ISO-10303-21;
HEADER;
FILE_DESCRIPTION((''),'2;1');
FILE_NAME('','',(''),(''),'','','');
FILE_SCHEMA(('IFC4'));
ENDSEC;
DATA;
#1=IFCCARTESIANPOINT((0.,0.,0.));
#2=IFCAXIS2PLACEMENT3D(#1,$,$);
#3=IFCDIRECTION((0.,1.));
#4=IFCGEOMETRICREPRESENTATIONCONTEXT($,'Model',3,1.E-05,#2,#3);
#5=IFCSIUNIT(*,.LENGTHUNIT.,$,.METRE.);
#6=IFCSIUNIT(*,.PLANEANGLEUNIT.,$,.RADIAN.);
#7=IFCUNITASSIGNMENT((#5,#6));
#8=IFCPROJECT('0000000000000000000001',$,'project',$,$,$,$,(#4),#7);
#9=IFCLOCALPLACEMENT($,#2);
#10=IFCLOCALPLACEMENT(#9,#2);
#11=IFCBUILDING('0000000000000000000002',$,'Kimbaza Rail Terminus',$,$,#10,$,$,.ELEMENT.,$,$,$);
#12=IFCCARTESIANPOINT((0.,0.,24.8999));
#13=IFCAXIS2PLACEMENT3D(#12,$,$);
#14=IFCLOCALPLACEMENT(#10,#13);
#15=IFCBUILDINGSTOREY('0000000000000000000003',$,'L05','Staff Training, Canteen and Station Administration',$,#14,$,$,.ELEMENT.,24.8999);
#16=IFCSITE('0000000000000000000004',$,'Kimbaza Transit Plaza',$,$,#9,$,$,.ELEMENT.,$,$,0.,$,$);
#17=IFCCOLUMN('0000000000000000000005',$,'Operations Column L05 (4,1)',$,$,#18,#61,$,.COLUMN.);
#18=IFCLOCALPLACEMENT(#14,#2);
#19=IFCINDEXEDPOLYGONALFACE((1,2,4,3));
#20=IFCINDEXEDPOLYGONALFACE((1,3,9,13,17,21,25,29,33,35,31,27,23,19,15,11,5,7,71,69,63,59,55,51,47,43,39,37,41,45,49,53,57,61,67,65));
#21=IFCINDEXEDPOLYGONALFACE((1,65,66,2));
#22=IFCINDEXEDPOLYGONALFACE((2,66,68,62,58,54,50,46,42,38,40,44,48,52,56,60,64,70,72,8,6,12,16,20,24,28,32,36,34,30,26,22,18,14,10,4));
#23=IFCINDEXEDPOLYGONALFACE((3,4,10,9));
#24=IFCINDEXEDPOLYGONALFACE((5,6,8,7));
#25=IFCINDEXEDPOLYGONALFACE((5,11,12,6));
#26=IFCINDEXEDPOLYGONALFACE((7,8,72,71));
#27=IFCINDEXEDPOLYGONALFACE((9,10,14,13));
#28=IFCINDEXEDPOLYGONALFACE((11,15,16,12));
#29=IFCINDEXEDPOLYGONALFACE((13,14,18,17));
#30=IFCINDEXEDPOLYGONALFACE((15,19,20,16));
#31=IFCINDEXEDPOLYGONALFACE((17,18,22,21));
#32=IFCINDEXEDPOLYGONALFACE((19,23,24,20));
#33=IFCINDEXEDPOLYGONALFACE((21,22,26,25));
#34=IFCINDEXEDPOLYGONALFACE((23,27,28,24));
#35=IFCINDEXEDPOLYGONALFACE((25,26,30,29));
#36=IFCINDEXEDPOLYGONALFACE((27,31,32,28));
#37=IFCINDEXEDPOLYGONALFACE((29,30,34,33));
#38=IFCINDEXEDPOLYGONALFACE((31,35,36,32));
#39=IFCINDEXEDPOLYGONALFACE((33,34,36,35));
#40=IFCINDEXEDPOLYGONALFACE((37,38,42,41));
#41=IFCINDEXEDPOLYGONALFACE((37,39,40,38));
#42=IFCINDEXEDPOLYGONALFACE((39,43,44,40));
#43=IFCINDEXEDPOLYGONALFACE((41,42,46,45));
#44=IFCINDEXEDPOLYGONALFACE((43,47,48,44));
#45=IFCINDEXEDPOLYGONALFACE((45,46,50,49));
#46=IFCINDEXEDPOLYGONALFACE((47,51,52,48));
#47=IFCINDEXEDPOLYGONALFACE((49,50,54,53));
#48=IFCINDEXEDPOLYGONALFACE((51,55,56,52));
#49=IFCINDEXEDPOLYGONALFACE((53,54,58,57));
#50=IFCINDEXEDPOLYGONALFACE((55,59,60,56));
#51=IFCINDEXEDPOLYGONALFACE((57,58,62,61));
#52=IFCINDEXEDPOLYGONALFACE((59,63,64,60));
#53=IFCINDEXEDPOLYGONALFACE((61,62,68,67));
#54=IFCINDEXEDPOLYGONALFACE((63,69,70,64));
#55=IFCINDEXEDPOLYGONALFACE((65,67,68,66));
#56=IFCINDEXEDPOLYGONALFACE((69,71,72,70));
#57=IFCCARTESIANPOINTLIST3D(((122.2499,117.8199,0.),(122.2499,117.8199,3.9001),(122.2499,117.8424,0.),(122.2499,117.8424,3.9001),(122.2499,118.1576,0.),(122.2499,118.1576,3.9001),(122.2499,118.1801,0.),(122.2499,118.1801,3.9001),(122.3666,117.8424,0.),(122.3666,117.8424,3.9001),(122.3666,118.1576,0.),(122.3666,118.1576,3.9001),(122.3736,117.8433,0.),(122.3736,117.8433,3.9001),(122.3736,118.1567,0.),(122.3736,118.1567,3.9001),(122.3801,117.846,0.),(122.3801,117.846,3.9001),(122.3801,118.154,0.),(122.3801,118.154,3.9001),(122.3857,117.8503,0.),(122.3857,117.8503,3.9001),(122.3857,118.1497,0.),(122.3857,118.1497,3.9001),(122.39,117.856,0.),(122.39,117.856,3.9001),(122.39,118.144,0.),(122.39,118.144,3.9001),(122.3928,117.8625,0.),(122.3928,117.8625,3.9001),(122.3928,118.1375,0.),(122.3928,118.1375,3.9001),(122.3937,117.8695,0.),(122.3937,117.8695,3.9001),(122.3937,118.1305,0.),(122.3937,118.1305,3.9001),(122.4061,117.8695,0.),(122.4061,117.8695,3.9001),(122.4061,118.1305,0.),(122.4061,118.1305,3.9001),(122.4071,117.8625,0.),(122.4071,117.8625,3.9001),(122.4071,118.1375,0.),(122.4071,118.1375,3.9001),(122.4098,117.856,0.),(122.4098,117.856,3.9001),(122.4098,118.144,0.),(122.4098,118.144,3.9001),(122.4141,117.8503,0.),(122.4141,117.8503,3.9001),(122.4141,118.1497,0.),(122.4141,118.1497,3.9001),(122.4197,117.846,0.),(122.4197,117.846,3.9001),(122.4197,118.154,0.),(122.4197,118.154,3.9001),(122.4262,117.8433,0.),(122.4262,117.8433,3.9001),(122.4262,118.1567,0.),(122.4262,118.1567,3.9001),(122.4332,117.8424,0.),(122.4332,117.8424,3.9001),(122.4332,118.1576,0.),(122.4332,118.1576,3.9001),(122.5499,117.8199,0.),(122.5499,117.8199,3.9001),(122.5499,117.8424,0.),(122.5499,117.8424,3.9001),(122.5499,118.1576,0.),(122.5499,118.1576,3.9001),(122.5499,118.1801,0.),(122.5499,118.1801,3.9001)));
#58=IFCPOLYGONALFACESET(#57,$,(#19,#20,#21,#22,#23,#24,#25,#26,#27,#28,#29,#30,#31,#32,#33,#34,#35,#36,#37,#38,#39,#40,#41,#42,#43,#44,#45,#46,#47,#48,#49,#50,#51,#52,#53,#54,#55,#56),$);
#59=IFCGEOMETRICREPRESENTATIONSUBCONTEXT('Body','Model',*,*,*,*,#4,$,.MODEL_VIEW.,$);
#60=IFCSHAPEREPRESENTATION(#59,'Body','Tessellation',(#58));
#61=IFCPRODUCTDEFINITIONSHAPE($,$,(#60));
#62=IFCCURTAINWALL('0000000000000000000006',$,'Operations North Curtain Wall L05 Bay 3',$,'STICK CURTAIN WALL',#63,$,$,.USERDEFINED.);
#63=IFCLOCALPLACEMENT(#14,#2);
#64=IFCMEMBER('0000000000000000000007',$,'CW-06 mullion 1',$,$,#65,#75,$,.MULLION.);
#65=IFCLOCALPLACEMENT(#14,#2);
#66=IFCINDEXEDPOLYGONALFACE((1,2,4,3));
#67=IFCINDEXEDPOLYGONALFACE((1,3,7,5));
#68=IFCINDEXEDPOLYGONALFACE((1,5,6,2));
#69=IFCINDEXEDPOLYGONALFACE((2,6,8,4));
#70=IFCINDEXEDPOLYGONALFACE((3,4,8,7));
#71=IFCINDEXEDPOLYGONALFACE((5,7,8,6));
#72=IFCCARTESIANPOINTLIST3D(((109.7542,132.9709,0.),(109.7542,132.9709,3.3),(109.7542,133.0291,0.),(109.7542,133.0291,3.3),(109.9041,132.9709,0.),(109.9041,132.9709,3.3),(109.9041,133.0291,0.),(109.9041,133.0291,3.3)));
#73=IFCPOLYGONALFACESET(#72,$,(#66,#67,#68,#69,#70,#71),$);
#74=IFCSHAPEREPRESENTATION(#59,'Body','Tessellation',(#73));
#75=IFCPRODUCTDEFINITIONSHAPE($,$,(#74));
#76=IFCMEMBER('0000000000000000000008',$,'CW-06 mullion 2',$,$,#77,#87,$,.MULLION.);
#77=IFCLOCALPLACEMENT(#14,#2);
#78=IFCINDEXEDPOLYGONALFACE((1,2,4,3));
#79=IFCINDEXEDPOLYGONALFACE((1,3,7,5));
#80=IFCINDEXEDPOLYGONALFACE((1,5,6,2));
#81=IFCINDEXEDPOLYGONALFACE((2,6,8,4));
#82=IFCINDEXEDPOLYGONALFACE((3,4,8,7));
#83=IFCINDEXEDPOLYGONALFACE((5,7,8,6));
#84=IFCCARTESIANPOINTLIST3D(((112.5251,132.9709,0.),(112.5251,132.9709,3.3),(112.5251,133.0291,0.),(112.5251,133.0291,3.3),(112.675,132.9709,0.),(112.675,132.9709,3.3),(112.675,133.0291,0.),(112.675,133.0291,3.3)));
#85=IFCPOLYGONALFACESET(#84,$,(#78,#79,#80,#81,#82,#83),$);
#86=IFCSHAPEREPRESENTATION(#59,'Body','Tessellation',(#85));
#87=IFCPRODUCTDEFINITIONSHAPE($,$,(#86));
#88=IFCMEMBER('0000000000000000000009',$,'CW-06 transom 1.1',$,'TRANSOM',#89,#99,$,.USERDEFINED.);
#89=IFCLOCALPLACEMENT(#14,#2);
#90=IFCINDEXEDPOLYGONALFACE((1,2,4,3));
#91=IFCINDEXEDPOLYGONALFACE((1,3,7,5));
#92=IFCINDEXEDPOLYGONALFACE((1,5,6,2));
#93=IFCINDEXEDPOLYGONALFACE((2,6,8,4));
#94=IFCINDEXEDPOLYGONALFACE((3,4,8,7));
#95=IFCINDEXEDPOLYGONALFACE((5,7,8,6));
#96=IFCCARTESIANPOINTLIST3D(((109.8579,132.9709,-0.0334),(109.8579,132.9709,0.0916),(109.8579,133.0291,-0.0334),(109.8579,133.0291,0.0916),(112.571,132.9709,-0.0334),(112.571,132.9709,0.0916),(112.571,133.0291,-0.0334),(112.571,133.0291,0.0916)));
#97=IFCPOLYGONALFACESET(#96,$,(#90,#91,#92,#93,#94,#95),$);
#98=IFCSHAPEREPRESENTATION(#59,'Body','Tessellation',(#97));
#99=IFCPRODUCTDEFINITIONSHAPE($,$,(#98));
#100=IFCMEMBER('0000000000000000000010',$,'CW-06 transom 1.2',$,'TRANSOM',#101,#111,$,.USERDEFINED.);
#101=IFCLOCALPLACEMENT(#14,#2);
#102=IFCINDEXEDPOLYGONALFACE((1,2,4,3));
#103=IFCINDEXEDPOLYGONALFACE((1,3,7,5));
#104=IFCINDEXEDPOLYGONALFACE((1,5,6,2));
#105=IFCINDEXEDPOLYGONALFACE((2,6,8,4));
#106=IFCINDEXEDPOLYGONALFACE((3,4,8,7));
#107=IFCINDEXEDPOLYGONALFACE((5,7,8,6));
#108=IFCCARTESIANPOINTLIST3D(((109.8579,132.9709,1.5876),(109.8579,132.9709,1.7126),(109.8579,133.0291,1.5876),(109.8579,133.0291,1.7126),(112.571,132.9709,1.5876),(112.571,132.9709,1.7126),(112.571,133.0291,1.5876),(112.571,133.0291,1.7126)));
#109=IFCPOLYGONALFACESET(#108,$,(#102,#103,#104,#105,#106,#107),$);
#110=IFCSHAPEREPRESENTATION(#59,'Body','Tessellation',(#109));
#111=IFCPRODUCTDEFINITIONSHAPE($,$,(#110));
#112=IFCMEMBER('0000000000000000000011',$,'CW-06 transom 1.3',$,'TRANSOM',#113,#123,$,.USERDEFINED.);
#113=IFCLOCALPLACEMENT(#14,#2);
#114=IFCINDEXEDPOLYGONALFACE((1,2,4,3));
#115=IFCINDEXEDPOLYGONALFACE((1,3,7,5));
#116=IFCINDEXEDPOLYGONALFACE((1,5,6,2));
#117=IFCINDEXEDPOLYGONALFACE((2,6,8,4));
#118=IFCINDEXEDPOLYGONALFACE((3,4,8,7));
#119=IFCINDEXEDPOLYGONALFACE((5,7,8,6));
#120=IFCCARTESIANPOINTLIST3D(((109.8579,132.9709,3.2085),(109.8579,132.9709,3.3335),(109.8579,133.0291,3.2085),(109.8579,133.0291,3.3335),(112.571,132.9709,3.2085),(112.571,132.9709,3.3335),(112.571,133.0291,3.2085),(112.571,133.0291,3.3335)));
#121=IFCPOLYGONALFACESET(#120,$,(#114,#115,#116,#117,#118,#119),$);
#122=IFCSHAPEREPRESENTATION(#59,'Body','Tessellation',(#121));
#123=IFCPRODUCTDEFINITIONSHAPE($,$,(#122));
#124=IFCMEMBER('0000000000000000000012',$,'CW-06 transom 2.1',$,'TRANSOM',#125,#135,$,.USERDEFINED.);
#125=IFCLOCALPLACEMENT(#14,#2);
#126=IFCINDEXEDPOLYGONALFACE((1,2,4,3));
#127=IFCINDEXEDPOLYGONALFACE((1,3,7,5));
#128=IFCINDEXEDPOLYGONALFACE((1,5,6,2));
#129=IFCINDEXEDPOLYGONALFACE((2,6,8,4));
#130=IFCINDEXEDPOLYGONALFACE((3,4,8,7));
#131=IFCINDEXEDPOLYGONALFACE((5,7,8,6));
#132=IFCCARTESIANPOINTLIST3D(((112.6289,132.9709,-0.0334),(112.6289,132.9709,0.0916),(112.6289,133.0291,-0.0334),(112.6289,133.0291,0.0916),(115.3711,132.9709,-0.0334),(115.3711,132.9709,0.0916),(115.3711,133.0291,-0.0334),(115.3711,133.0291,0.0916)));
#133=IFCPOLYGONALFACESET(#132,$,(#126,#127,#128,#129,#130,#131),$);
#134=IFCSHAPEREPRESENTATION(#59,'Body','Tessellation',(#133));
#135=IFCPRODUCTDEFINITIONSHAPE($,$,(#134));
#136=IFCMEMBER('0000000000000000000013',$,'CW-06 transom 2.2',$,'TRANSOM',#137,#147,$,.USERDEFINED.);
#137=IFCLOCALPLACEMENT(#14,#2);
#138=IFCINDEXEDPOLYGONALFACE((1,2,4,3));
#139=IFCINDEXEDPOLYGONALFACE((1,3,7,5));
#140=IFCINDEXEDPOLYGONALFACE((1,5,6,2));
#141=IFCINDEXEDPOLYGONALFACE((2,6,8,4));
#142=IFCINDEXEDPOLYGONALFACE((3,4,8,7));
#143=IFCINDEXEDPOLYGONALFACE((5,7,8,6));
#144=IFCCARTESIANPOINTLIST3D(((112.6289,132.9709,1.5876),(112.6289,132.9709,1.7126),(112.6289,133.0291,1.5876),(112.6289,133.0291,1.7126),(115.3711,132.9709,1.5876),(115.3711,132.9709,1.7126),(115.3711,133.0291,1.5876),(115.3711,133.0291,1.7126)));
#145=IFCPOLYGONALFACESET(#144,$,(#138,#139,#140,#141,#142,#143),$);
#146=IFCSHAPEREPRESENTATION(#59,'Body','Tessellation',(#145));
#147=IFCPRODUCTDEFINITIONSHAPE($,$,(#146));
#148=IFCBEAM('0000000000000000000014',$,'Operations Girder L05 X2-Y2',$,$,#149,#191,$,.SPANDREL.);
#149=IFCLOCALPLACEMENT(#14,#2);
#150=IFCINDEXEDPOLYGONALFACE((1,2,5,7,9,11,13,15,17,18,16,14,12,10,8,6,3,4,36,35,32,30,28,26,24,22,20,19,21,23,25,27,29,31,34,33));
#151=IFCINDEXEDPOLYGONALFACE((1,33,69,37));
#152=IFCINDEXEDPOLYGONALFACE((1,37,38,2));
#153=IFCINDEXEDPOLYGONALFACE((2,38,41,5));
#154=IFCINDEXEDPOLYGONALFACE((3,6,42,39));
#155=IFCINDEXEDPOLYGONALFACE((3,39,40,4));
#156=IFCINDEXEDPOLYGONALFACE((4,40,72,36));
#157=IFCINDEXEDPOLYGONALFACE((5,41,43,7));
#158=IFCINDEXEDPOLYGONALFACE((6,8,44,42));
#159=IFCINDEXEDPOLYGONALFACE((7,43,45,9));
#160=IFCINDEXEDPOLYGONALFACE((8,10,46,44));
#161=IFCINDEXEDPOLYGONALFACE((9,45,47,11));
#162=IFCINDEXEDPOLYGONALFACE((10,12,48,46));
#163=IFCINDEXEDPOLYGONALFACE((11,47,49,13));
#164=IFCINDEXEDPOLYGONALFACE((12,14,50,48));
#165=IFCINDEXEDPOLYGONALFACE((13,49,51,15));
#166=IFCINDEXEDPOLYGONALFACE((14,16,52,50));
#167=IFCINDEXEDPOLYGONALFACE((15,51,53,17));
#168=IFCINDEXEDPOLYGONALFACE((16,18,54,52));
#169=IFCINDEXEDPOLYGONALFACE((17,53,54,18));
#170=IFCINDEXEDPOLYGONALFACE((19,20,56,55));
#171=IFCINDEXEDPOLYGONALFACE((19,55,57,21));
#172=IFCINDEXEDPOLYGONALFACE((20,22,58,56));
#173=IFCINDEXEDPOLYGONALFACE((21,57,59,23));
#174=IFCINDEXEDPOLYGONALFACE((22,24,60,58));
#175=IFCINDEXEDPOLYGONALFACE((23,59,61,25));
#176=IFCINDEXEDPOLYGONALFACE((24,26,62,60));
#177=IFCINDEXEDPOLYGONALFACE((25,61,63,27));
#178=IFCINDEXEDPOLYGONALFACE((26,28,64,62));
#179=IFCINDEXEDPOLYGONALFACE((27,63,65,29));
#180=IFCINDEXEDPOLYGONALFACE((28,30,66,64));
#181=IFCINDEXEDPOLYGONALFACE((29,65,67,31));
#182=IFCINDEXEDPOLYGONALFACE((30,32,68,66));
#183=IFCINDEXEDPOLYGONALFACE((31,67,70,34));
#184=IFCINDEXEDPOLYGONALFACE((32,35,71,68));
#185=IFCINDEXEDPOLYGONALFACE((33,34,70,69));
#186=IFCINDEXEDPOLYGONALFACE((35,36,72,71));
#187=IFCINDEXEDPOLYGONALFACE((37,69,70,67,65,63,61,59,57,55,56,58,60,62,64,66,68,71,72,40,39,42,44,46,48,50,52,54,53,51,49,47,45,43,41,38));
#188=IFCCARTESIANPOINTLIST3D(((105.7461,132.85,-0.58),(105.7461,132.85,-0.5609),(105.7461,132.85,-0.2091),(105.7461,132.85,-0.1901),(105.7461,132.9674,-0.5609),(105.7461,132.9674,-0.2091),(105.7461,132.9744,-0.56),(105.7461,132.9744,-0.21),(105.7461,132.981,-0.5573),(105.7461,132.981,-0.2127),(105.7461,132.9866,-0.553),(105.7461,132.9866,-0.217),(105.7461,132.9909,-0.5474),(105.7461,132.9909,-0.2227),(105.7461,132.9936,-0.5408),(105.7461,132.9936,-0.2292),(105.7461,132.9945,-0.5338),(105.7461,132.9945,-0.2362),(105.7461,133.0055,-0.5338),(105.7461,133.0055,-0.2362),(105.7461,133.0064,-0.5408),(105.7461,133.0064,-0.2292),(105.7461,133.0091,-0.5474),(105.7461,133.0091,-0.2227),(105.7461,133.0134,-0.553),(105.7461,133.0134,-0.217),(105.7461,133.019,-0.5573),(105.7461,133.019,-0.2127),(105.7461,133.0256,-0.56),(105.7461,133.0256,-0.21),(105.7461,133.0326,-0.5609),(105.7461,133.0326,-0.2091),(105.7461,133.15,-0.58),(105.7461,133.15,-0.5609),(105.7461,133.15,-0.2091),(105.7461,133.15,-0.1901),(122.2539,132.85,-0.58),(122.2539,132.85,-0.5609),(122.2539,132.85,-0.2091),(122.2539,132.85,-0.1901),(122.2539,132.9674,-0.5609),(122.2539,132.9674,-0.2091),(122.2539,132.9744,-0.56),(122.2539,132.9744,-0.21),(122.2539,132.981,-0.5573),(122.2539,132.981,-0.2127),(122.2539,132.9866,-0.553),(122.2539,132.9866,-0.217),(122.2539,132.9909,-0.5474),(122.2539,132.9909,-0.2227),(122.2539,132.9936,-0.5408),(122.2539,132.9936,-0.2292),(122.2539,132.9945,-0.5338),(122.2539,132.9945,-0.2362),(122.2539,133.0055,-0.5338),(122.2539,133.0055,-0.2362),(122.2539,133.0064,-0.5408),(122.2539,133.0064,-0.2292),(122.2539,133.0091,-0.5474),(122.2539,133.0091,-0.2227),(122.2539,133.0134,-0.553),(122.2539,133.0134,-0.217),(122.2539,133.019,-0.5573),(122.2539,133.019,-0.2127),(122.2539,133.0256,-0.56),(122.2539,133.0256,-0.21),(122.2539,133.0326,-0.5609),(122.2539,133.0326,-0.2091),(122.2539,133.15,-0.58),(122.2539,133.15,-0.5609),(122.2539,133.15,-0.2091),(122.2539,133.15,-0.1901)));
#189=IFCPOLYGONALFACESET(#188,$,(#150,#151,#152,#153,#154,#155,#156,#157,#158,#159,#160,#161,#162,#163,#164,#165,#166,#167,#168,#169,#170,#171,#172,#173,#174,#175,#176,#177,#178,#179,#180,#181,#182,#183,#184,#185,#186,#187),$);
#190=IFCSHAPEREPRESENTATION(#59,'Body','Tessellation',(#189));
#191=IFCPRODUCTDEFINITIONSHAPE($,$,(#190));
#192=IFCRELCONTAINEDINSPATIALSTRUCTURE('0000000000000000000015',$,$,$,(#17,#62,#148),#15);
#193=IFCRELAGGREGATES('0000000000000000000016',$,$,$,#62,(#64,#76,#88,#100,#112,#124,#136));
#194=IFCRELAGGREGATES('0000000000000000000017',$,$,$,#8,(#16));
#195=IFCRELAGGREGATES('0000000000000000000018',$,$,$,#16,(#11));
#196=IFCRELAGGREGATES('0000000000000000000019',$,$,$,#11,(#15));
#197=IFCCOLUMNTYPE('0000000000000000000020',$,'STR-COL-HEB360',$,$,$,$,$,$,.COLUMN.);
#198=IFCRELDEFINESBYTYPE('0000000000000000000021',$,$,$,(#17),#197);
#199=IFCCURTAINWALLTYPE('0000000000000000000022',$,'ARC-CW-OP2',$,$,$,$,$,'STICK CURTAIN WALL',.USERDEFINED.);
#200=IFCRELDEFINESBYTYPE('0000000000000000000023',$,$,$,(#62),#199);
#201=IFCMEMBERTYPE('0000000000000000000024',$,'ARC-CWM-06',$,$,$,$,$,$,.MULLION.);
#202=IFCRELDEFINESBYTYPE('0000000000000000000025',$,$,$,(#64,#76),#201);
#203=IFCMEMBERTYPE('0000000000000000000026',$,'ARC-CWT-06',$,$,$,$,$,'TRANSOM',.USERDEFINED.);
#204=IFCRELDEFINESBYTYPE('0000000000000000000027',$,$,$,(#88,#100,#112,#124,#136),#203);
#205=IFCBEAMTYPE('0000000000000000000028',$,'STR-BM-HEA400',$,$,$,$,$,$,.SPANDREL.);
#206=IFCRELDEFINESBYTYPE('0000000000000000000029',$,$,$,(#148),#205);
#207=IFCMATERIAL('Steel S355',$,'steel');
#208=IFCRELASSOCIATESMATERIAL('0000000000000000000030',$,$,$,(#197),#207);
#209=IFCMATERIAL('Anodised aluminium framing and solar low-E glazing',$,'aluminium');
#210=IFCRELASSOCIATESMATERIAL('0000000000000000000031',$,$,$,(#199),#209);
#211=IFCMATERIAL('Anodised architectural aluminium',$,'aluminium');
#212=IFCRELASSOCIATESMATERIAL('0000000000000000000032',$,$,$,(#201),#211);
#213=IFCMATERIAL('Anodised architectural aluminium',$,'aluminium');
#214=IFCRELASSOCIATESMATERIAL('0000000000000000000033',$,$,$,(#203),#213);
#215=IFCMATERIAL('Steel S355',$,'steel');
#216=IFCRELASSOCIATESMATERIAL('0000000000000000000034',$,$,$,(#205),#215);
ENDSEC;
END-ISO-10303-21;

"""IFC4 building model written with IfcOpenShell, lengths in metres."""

from ifc_helpers import new_model, si_unit, direction, frame, origin, origin_2d, place, context, subcontext, project, spatial, rectangle, i_section, extrude, material, material_profile, profile_set, type_object, element, aggregate, save


model = new_model("IFC4")

# Units and contexts
model_context = context("Model", 3, precision=1e-05, world=origin(), true_north=direction((0.0, 1.0)))
body_context = subcontext(model_context, "Body", "Model", "MODEL_VIEW")
ifc_project = project(units=[si_unit("LENGTHUNIT", "METRE"), si_unit("PLANEANGLEUNIT", "RADIAN")], contexts=[model_context])

# Site, building, storey
site_placement = place(None, origin())
site = spatial("IfcSite", under=ifc_project, at=site_placement, Name="Kimbaza Transit Plaza", CompositionType="ELEMENT", RefElevation=0.0)
building_placement = place(site_placement, origin())
building = spatial("IfcBuilding", under=site, at=building_placement, Name="Kimbaza Rail Terminus", CompositionType="ELEMENT")
storey_placement = place(building_placement, frame((0.0, 0.0, 24.8999)))
storey = spatial("IfcBuildingStorey", under=building, at=storey_placement, Name="L05", Description="Staff Training, Canteen and Station Administration", CompositionType="ELEMENT", Elevation=24.8999)

# Column
ifc_material_1 = material(Name="Steel S355", Category="steel")
ifc_material_profile_1 = material_profile(ifc_material_1, i_section(OverallWidth=0.3, OverallDepth=0.3601, WebThickness=0.0125, FlangeThickness=0.0225, FilletRadius=0.0271, at=origin_2d()), Name="HEB 360")
ifc_profile_set_1 = profile_set([ifc_material_profile_1], Name="Steel S355")
column_type = type_object("IfcColumnType", Name="STR-COL-HEB360", PredefinedType="COLUMN", material=ifc_profile_set_1)
column_placement = place(storey_placement, frame((122.3999, 118.0, 0.0), z_axis=(0.0, 0.0, 1.0), x_axis=(1.0, 0.0, 0.0)))
element("IfcColumn", 1, at=column_placement, inside=storey, type_object=column_type, Name="Operations Column L05 (4,1)", PredefinedType="COLUMN", context=body_context, shape_type="SweptSolid", body=[
    extrude(i_section(OverallWidth=0.3, OverallDepth=0.3601, WebThickness=0.0125, FlangeThickness=0.0225, FilletRadius=0.0271, at=origin_2d()), origin(), (0.0, 0.0, 1.0), 3.9001),
])

# Curtain wall, members
ifc_material_2 = material(Name="Anodised aluminium framing and solar low-E glazing", Category="aluminium")
curtain_wall_type = type_object("IfcCurtainWallType", Name="ARC-CW-OP2", ElementType="STICK CURTAIN WALL", PredefinedType="USERDEFINED", material=ifc_material_2)
curtain_wall_placement = place(storey_placement, origin())
curtain_wall = element("IfcCurtainWall", 2, at=curtain_wall_placement, inside=storey, type_object=curtain_wall_type, Name="Operations North Curtain Wall L05 Bay 3", ObjectType="STICK CURTAIN WALL", PredefinedType="USERDEFINED")
ifc_material_3 = material(Name="Anodised architectural aluminium", Category="aluminium")
ifc_material_profile_2 = material_profile(ifc_material_3, rectangle(XDim=0.0581, YDim=0.1499, at=origin_2d()), Name="MULLION 58x150")
ifc_profile_set_2 = profile_set([ifc_material_profile_2], Name="Anodised architectural aluminium")
member_type_1 = type_object("IfcMemberType", Name="ARC-CWM-06", PredefinedType="MULLION", material=ifc_profile_set_2)
member_1_placement = place(storey_placement, frame((109.8291, 133.0, 0.0), z_axis=(0.0, 0.0, 1.0), x_axis=(0.0, 1.0, 0.0)))
member_1 = element("IfcMember", 3, at=member_1_placement, type_object=member_type_1, Name="CW-06 mullion 1", PredefinedType="MULLION", context=body_context, shape_type="SweptSolid", body=[
    extrude(rectangle(XDim=0.0581, YDim=0.1499, at=origin_2d()), origin(), (0.0, 0.0, 1.0), 3.3),
])
member_2_placement = place(storey_placement, frame((112.6001, 133.0, 0.0), z_axis=(0.0, 0.0, 1.0), x_axis=(0.0, 1.0, 0.0)))
member_2 = element("IfcMember", 4, at=member_2_placement, type_object=member_type_1, Name="CW-06 mullion 2", PredefinedType="MULLION", context=body_context, shape_type="SweptSolid", body=[
    extrude(rectangle(XDim=0.0581, YDim=0.1499, at=origin_2d()), origin(), (0.0, 0.0, 1.0), 3.3),
])
ifc_material_4 = material(Name="Anodised architectural aluminium", Category="aluminium")
ifc_material_profile_3 = material_profile(ifc_material_4, rectangle(XDim=0.0581, YDim=0.125, at=origin_2d()), Name="TRANSOM 58x125")
ifc_profile_set_3 = profile_set([ifc_material_profile_3], Name="Anodised architectural aluminium")
member_type_2 = type_object("IfcMemberType", Name="ARC-CWT-06", ElementType="TRANSOM", PredefinedType="USERDEFINED", material=ifc_profile_set_3)
member_3_placement = place(storey_placement, frame((109.8579, 133.0, 0.0291), z_axis=(1.0, 0.0, 0.0), x_axis=(0.0, 1.0, 0.0)))
member_3 = element("IfcMember", 5, at=member_3_placement, type_object=member_type_2, Name="CW-06 transom 1.1", ObjectType="TRANSOM", PredefinedType="USERDEFINED", context=body_context, shape_type="SweptSolid", body=[
    extrude(rectangle(XDim=0.0581, YDim=0.125, at=origin_2d()), origin(), (0.0, 0.0, 1.0), 2.7131),
])
member_4_placement = place(storey_placement, frame((109.8579, 133.0, 1.6501), z_axis=(1.0, 0.0, 0.0), x_axis=(0.0, 1.0, 0.0)))
member_4 = element("IfcMember", 6, at=member_4_placement, type_object=member_type_2, Name="CW-06 transom 1.2", ObjectType="TRANSOM", PredefinedType="USERDEFINED", context=body_context, shape_type="SweptSolid", body=[
    extrude(rectangle(XDim=0.0581, YDim=0.125, at=origin_2d()), origin(), (0.0, 0.0, 1.0), 2.7131),
])
member_5_placement = place(storey_placement, frame((109.8579, 133.0, 3.271), z_axis=(1.0, 0.0, 0.0), x_axis=(0.0, 1.0, 0.0)))
member_5 = element("IfcMember", 7, at=member_5_placement, type_object=member_type_2, Name="CW-06 transom 1.3", ObjectType="TRANSOM", PredefinedType="USERDEFINED", context=body_context, shape_type="SweptSolid", body=[
    extrude(rectangle(XDim=0.0581, YDim=0.125, at=origin_2d()), origin(), (0.0, 0.0, 1.0), 2.7131),
])
member_6_placement = place(storey_placement, frame((112.6289, 133.0, 0.0291), z_axis=(1.0, 0.0, 0.0), x_axis=(0.0, 1.0, 0.0)))
member_6 = element("IfcMember", 8, at=member_6_placement, type_object=member_type_2, Name="CW-06 transom 2.1", ObjectType="TRANSOM", PredefinedType="USERDEFINED", context=body_context, shape_type="SweptSolid", body=[
    extrude(rectangle(XDim=0.0581, YDim=0.125, at=origin_2d()), origin(), (0.0, 0.0, 1.0), 2.7422),
])
member_7_placement = place(storey_placement, frame((112.6289, 133.0, 1.6501), z_axis=(1.0, 0.0, 0.0), x_axis=(0.0, 1.0, 0.0)))
member_7 = element("IfcMember", 9, at=member_7_placement, type_object=member_type_2, Name="CW-06 transom 2.2", ObjectType="TRANSOM", PredefinedType="USERDEFINED", context=body_context, shape_type="SweptSolid", body=[
    extrude(rectangle(XDim=0.0581, YDim=0.125, at=origin_2d()), origin(), (0.0, 0.0, 1.0), 2.7422),
])

# Beam
ifc_material_5 = material(Name="Steel S355", Category="steel")
ifc_material_profile_4 = material_profile(ifc_material_5, i_section(OverallWidth=0.3, OverallDepth=0.3899, WebThickness=0.011, FlangeThickness=0.019, FilletRadius=0.0271, at=origin_2d()), Name="HEA 400")
ifc_profile_set_4 = profile_set([ifc_material_profile_4], Name="Steel S355")
beam_type_1 = type_object("IfcBeamType", Name="STR-BM-HEA400", PredefinedType="SPANDREL", material=ifc_profile_set_4)
beam_1_placement = place(storey_placement, frame((105.7461, 133.0, -0.385), z_axis=(1.0, 0.0, 0.0), x_axis=(0.0, 1.0, 0.0)))
element("IfcBeam", 10, at=beam_1_placement, inside=storey, type_object=beam_type_1, Name="Operations Girder L05 X2-Y2", PredefinedType="SPANDREL", context=body_context, shape_type="SweptSolid", body=[
    extrude(i_section(OverallWidth=0.3, OverallDepth=0.3899, WebThickness=0.011, FlangeThickness=0.019, FilletRadius=0.0271, at=origin_2d()), origin(), (0.0, 0.0, 1.0), 16.5078),
])

aggregate(curtain_wall, [member_1, member_2, member_3, member_4, member_5, member_6, member_7])

save(model, "model.ifc")
